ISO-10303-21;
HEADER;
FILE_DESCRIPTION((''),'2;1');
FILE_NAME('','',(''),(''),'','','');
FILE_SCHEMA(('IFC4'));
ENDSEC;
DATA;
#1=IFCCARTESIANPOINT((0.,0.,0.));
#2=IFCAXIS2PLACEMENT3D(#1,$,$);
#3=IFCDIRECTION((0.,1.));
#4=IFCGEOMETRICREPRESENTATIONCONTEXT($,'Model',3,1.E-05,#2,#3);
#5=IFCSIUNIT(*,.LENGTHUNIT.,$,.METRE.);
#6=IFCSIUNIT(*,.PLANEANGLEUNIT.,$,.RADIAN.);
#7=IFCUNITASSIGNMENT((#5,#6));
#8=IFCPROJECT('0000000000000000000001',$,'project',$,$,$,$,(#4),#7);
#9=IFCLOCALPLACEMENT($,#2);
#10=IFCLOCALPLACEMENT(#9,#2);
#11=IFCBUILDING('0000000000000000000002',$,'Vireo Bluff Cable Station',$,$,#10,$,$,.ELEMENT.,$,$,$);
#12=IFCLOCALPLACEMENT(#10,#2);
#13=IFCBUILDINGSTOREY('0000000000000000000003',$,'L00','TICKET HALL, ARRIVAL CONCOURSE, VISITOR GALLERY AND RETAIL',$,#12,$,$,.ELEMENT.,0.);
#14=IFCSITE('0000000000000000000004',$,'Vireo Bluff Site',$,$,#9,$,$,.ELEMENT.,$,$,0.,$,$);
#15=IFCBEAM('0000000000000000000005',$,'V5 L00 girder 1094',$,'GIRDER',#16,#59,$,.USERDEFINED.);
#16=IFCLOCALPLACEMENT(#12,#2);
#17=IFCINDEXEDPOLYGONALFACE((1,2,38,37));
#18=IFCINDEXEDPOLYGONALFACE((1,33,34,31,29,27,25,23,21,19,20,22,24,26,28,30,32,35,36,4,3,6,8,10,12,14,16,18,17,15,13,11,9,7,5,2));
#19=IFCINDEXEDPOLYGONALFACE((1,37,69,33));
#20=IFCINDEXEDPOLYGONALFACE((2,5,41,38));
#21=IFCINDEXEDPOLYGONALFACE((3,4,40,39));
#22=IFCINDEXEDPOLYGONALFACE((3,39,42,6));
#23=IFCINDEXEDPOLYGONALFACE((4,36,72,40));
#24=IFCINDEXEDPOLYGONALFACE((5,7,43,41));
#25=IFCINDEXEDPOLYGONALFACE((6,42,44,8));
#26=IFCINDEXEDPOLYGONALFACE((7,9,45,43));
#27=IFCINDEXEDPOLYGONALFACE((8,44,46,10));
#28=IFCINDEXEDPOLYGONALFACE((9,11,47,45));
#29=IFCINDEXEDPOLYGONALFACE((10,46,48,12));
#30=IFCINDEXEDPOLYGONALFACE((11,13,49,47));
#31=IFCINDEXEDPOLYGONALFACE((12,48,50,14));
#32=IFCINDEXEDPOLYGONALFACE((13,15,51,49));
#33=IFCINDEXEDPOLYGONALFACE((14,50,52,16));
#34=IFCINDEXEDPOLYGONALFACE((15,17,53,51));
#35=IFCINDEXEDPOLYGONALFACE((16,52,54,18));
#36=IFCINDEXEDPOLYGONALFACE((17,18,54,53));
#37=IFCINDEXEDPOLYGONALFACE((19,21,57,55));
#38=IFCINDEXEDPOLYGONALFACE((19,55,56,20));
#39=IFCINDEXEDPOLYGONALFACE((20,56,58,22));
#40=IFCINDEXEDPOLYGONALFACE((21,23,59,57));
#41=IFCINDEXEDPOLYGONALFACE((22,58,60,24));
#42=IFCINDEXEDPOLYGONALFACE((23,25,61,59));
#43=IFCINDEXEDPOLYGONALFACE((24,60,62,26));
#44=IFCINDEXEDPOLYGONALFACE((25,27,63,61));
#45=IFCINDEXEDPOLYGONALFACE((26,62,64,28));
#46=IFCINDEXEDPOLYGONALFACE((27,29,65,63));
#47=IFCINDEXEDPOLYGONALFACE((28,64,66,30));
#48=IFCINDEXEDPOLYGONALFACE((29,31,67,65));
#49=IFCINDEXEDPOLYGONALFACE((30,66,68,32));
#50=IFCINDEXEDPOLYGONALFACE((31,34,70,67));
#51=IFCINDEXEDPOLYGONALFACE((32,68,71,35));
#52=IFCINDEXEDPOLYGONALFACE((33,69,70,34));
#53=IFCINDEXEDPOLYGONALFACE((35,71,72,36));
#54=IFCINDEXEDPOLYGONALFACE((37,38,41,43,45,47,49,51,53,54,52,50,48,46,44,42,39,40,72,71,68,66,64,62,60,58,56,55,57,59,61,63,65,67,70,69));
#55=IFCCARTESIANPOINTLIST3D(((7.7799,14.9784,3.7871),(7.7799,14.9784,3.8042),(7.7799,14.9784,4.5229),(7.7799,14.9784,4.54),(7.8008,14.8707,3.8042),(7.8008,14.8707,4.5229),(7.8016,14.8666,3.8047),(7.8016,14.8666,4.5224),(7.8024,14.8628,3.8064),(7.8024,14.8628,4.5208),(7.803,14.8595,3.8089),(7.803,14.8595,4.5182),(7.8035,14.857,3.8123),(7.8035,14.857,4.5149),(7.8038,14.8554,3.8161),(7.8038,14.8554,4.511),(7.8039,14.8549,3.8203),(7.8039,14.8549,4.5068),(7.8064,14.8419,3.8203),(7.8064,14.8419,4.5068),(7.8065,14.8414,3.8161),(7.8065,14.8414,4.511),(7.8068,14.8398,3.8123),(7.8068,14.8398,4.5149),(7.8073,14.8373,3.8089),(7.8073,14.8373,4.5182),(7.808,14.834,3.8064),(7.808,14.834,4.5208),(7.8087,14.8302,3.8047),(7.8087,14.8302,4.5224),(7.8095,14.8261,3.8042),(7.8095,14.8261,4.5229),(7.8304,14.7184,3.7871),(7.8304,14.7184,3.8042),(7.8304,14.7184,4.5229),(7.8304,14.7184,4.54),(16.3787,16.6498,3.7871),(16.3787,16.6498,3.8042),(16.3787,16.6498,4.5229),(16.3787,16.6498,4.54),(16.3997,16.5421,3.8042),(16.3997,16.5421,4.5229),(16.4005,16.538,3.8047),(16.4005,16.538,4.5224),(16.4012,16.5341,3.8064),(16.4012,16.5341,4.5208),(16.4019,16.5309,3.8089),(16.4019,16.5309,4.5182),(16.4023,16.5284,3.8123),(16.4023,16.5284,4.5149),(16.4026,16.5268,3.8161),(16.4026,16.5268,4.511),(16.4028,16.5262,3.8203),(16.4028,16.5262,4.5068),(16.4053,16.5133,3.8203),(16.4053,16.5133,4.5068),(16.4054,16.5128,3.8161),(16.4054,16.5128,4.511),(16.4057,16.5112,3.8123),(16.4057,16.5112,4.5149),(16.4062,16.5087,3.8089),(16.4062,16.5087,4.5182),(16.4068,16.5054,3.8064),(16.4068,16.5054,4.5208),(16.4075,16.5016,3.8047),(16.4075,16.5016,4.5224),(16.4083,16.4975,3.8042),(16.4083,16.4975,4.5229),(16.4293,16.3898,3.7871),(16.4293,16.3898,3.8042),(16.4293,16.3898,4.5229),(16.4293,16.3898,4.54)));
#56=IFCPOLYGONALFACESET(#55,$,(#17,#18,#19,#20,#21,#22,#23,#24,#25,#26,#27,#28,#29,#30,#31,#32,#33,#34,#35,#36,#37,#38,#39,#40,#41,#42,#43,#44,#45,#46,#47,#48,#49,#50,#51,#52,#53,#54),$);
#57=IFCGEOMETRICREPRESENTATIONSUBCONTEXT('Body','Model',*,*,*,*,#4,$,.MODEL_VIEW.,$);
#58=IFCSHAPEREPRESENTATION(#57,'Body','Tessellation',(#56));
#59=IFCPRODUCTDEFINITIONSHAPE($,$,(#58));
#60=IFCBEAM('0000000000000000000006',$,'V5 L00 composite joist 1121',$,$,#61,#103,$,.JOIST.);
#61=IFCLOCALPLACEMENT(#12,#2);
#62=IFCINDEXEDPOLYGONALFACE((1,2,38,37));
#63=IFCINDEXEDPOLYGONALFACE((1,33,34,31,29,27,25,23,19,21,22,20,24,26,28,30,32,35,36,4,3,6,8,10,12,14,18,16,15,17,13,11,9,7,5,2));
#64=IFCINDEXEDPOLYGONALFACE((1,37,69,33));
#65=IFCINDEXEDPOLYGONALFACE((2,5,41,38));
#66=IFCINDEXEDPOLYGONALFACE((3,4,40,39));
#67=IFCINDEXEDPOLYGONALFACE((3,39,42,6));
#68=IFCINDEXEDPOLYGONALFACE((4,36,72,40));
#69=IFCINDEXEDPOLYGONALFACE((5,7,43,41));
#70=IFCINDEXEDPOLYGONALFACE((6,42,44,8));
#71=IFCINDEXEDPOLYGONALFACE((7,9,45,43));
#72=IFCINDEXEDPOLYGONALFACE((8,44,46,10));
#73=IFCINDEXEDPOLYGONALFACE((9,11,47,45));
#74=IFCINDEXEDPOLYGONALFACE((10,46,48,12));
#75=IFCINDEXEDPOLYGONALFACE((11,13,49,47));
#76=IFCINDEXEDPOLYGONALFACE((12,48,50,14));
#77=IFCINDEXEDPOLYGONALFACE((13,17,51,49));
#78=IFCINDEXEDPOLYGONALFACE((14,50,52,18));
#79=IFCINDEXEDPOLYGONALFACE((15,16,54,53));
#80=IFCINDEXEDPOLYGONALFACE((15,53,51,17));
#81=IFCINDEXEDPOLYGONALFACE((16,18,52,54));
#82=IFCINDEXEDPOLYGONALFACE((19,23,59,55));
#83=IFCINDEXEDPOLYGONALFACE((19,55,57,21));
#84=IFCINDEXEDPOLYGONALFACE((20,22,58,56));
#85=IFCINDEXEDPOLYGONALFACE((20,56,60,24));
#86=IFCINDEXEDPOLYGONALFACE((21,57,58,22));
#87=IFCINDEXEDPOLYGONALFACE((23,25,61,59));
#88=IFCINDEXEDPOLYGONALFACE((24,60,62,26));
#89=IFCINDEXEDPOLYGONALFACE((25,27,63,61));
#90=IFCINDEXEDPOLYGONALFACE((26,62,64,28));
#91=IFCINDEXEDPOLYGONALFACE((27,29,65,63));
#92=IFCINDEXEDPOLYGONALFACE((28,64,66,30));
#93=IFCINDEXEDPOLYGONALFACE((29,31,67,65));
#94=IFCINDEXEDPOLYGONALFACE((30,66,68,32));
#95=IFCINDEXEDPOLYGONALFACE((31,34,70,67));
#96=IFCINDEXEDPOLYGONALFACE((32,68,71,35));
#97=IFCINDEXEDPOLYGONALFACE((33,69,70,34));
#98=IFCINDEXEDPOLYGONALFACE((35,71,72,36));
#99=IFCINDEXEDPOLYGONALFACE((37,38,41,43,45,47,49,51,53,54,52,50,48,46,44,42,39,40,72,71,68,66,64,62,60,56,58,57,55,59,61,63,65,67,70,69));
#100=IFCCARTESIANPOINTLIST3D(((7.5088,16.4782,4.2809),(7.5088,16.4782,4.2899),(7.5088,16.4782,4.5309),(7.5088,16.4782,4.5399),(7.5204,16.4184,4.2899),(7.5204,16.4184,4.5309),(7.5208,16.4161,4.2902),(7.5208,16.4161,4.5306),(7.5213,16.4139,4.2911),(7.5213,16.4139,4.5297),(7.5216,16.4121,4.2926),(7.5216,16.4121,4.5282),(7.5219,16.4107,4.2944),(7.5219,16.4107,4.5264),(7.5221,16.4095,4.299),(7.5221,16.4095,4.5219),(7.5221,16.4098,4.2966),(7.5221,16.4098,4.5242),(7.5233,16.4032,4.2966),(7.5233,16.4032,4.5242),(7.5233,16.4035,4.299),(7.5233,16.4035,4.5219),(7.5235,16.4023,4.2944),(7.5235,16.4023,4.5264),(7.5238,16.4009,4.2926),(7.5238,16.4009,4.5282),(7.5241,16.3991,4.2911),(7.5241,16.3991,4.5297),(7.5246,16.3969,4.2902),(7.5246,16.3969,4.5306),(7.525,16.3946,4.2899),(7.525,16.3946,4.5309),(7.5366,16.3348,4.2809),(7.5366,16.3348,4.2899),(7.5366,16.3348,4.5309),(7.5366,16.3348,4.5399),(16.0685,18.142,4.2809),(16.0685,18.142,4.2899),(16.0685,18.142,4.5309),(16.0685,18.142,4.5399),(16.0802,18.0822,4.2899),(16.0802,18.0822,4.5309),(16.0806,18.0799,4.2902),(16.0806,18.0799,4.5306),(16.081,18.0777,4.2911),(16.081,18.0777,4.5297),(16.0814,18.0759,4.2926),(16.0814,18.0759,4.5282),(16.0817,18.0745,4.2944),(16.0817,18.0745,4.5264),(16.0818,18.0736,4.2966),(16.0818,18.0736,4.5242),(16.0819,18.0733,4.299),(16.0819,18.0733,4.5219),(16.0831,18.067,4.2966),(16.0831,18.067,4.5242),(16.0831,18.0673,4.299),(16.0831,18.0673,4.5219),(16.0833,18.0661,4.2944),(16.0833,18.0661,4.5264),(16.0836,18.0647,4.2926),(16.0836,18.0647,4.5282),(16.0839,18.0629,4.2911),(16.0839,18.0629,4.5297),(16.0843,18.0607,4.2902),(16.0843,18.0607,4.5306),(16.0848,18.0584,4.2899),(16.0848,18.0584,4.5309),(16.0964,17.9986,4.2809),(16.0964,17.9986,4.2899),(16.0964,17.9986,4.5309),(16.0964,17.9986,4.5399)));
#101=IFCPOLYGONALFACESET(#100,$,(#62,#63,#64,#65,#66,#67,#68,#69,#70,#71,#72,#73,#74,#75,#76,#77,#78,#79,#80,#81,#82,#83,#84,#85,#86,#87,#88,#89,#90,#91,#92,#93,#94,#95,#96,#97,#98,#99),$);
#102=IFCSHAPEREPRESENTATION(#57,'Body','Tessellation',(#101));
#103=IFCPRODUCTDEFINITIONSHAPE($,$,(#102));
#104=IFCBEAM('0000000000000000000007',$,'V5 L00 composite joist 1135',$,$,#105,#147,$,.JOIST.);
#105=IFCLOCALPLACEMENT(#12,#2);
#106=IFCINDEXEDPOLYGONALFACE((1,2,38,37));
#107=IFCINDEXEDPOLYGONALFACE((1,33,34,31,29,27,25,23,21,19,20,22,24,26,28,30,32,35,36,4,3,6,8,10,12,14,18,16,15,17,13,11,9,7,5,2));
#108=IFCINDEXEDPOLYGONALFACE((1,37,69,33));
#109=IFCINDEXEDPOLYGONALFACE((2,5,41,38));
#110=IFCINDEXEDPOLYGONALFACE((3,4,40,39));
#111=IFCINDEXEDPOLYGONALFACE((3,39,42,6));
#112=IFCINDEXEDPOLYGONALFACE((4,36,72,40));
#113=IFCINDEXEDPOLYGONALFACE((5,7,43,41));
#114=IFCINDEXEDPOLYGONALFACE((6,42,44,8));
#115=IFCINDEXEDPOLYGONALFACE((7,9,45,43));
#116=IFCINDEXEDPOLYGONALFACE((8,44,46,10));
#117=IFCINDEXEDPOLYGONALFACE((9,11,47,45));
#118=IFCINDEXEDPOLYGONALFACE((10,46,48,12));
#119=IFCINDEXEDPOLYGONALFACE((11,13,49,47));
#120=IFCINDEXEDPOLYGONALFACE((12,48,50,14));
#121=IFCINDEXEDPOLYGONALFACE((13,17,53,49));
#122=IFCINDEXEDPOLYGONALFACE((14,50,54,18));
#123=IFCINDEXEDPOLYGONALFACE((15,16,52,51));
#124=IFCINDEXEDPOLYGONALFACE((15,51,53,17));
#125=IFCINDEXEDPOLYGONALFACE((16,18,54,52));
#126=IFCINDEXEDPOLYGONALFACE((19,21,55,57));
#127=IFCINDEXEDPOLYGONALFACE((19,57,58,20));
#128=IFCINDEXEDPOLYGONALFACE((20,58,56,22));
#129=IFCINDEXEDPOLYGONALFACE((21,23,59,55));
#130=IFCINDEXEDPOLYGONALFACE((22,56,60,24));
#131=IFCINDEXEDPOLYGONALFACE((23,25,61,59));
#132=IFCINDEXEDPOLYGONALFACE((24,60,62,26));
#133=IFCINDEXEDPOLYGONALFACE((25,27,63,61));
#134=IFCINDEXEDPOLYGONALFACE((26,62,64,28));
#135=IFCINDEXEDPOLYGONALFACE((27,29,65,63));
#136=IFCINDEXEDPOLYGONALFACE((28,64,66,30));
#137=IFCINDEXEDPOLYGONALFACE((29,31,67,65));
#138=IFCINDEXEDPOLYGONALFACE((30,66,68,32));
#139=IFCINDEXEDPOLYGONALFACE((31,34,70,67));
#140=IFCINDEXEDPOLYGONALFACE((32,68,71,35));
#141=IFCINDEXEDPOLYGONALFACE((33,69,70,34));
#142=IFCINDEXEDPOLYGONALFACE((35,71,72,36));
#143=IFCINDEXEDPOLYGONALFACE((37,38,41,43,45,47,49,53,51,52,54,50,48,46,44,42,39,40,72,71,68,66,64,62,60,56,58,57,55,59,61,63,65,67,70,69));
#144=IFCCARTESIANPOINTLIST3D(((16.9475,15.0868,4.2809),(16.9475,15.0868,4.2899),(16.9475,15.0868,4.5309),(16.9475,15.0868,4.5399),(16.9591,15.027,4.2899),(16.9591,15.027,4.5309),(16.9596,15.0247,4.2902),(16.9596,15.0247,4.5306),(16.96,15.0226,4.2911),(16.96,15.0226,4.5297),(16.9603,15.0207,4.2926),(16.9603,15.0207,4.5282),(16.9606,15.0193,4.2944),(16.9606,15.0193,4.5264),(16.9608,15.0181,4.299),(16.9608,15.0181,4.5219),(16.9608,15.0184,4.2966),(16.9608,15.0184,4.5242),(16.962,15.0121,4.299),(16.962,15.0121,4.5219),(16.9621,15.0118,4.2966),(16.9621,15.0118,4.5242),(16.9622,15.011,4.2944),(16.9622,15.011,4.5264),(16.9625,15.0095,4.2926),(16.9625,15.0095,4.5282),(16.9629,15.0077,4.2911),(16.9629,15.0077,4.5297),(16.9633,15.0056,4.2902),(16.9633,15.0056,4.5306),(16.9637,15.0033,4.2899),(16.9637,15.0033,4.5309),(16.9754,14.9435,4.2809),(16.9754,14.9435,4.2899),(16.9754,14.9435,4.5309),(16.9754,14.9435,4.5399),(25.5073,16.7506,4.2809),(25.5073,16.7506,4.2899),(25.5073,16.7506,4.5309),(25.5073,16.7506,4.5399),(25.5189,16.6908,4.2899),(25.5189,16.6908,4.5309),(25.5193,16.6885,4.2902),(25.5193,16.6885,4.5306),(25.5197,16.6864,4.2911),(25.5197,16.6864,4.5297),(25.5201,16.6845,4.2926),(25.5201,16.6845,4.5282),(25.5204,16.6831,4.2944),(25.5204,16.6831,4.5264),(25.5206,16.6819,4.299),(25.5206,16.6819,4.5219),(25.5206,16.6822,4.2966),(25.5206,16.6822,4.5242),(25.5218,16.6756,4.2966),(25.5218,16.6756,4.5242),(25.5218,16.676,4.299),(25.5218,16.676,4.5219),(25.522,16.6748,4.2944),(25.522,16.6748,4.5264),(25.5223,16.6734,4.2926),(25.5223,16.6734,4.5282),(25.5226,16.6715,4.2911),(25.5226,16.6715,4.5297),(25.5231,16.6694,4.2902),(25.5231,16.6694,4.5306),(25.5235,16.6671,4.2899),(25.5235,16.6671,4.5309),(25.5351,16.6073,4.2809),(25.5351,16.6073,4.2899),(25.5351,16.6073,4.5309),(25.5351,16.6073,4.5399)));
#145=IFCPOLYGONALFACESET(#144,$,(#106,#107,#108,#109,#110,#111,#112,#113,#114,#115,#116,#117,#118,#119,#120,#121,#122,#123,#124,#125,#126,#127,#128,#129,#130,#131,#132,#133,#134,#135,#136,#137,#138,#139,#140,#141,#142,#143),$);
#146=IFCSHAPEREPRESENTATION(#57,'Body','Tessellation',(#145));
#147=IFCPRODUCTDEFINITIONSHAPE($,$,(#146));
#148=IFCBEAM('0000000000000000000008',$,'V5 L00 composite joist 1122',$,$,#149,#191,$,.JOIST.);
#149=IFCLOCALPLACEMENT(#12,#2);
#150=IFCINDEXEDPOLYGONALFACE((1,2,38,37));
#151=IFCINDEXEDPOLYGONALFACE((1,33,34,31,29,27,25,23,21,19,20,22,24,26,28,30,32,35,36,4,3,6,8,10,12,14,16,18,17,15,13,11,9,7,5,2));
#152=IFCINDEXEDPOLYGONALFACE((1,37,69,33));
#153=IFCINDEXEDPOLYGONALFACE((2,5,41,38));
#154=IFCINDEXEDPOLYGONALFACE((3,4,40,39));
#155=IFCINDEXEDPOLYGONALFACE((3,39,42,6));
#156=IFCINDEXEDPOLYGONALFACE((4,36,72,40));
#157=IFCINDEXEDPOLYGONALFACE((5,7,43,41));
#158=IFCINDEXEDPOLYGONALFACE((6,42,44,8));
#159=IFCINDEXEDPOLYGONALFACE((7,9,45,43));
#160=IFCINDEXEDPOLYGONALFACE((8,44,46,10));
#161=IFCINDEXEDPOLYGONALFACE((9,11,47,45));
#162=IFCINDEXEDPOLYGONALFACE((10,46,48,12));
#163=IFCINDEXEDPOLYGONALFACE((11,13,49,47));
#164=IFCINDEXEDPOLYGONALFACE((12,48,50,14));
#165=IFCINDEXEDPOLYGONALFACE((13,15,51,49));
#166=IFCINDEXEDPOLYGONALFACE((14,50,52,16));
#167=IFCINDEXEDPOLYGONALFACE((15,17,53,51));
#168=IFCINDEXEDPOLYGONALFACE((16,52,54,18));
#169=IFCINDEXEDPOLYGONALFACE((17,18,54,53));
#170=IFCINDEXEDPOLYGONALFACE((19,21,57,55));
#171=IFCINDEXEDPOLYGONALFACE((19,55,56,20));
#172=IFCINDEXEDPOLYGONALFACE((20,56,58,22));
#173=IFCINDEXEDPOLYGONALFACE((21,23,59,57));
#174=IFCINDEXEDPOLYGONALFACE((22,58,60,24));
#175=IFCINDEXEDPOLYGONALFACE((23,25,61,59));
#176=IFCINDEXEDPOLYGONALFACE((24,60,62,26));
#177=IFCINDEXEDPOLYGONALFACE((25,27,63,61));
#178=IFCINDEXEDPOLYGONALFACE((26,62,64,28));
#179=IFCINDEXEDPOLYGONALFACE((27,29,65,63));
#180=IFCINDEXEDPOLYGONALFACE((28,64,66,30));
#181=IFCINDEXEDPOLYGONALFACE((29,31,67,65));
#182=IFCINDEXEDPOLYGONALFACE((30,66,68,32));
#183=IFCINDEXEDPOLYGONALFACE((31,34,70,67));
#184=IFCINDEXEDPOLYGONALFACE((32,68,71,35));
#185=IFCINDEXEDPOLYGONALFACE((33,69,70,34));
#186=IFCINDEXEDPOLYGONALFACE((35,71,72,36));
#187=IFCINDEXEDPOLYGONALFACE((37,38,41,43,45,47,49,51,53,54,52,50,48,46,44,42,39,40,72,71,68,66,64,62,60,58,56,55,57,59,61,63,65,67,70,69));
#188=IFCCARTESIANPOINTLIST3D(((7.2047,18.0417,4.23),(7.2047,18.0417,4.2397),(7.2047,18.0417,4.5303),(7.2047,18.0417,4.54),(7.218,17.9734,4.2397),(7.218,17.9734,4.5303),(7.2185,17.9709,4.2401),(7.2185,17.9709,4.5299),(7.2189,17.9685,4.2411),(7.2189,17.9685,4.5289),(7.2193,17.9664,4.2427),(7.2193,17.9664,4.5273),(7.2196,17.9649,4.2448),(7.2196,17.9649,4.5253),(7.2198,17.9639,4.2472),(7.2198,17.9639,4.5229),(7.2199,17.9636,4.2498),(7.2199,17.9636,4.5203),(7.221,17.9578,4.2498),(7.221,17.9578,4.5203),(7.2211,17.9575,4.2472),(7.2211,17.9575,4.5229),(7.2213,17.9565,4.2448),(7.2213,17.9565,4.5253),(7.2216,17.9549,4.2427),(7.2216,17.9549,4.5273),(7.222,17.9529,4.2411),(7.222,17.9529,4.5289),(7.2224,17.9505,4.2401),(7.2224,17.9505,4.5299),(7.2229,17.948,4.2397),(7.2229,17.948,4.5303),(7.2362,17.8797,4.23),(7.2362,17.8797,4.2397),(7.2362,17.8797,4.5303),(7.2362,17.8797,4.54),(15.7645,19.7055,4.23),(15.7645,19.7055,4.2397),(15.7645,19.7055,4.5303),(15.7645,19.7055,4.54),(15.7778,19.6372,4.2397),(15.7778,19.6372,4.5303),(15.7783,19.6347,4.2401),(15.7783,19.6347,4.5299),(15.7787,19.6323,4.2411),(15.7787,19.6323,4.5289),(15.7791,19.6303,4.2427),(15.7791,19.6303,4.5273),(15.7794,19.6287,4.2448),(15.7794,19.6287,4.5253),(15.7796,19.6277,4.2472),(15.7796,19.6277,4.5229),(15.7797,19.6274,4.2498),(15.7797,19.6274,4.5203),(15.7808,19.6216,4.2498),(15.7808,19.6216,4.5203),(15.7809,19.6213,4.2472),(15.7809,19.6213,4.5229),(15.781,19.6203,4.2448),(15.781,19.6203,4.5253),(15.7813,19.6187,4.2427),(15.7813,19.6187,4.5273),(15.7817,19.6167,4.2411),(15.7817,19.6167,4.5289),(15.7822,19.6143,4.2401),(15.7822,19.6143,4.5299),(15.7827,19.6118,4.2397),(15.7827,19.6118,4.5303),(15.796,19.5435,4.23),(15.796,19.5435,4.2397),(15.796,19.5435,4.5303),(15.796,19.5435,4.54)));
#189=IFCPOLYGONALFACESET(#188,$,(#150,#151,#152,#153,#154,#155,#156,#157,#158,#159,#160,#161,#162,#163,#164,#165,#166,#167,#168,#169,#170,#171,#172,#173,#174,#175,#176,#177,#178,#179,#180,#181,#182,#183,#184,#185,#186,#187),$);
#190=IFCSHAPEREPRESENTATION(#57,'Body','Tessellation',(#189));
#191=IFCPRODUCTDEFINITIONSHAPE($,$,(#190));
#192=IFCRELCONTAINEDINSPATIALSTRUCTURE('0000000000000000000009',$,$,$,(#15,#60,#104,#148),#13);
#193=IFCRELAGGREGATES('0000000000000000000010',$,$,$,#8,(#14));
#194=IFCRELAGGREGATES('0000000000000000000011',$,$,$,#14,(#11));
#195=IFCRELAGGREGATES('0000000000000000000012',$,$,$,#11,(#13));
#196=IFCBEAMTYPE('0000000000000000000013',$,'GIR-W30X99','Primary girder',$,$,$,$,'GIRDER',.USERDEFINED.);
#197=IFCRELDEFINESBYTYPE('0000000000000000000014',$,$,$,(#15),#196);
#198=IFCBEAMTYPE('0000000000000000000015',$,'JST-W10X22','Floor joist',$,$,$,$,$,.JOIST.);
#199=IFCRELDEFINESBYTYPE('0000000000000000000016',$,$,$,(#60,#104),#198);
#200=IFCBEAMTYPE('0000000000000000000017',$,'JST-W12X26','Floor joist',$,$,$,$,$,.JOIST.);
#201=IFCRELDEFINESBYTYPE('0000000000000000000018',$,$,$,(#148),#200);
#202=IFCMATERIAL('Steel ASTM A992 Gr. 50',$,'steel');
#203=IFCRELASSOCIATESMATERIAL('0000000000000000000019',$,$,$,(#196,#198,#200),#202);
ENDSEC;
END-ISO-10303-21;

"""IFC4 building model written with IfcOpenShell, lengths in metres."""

from ifc_helpers import new_model, si_unit, direction, frame, origin, origin_2d, place, context, subcontext, project, spatial, i_section, extrude, material, material_profile, profile_set, type_object, element, save


model = new_model("IFC4")

# Units and contexts
model_context = context("Model", 3, precision=1e-05, world=origin(), true_north=direction((0.0, 1.0)))
body_context = subcontext(model_context, "Body", "Model", "MODEL_VIEW")
ifc_project = project(units=[si_unit("LENGTHUNIT", "METRE"), si_unit("PLANEANGLEUNIT", "RADIAN")], contexts=[model_context])

# Site, building, storey
site_placement = place(None, origin())
site = spatial("IfcSite", under=ifc_project, at=site_placement, Name="Vireo Bluff Site", CompositionType="ELEMENT", RefElevation=0.0)
building_placement = place(site_placement, origin())
building = spatial("IfcBuilding", under=site, at=building_placement, Name="Vireo Bluff Cable Station", CompositionType="ELEMENT")
storey_placement = place(building_placement, origin())
storey = spatial("IfcBuildingStorey", under=building, at=storey_placement, Name="L00", Description="TICKET HALL, ARRIVAL CONCOURSE, VISITOR GALLERY AND RETAIL", CompositionType="ELEMENT", Elevation=0.0)

# Shared definitions
ifc_material_1 = material(Name="Steel ASTM A992 Gr. 50", Category="steel")

# Beams
ifc_material_profile_1 = material_profile(ifc_material_1, i_section(OverallWidth=0.2649, OverallDepth=0.7529, WebThickness=0.0132, FlangeThickness=0.0171, FilletRadius=0.0161, at=origin_2d()), Name="W30X99")
ifc_profile_set_1 = profile_set([ifc_material_profile_1], Name="Steel ASTM A992 Gr. 50")
beam_type_1 = type_object("IfcBeamType", Name="GIR-W30X99", Description="Primary girder", ElementType="GIRDER", PredefinedType="USERDEFINED", material=ifc_profile_set_1)
beam_1_placement = place(storey_placement, frame((7.8052, 14.8484, 4.1636), z_axis=(0.981629, 0.190802, 0.0), x_axis=(-0.190802, 0.981629, 0.0)))
element("IfcBeam", 1, at=beam_1_placement, inside=storey, type_object=beam_type_1, Name="V5 L00 girder 1094", ObjectType="GIRDER", PredefinedType="USERDEFINED", context=body_context, shape_type="SweptSolid", body=[
    extrude(i_section(OverallWidth=0.2649, OverallDepth=0.7529, WebThickness=0.0132, FlangeThickness=0.0171, FilletRadius=0.0161, at=origin_2d()), origin(), (0.0, 0.0, 1.0), 8.7598),
])
ifc_material_profile_2 = material_profile(ifc_material_1, i_section(OverallWidth=0.146, OverallDepth=0.259, WebThickness=0.0061, FlangeThickness=0.009, FilletRadius=0.009, at=origin_2d()), Name="W10X22")
ifc_profile_set_2 = profile_set([ifc_material_profile_2], Name="Steel ASTM A992 Gr. 50")
beam_type_2 = type_object("IfcBeamType", Name="JST-W10X22", Description="Floor joist", PredefinedType="JOIST", material=ifc_profile_set_2)
for number, where, z_axis, x_axis, name in (
    (2, (7.5227, 16.4065, 4.4104), (0.981628, 0.190804, 0.0), (-0.190804, 0.981628, 0.0), "V5 L00 composite joist 1121"),
    (3, (16.9614, 15.0151, 4.4104), (0.981628, 0.190804, 0.0), (-0.190804, 0.981628, 0.0), "V5 L00 composite joist 1135"),
):
    element("IfcBeam", number, at=place(storey_placement, frame(where, z_axis=z_axis, x_axis=x_axis)), inside=storey, type_object=beam_type_2, Name=name, PredefinedType="JOIST", context=body_context, shape_type="SweptSolid", body=[
        extrude(i_section(OverallWidth=0.146, OverallDepth=0.259, WebThickness=0.0061, FlangeThickness=0.009, FilletRadius=0.009, at=origin_2d()), origin(), (0.0, 0.0, 1.0), 8.72),
    ])
ifc_material_profile_3 = material_profile(ifc_material_1, i_section(OverallWidth=0.165, OverallDepth=0.3101, WebThickness=0.0059, FlangeThickness=0.0098, FilletRadius=0.01, at=origin_2d()), Name="W12X26")
ifc_profile_set_3 = profile_set([ifc_material_profile_3], Name="Steel ASTM A992 Gr. 50")
beam_type_3 = type_object("IfcBeamType", Name="JST-W12X26", Description="Floor joist", PredefinedType="JOIST", material=ifc_profile_set_3)
beam_2_placement = place(storey_placement, frame((7.2205, 17.9607, 4.385), z_axis=(0.981628, 0.190804, 0.0), x_axis=(-0.190804, 0.981628, 0.0)))
element("IfcBeam", 4, at=beam_2_placement, inside=storey, type_object=beam_type_3, Name="V5 L00 composite joist 1122", PredefinedType="JOIST", context=body_context, shape_type="SweptSolid", body=[
    extrude(i_section(OverallWidth=0.165, OverallDepth=0.3101, WebThickness=0.0059, FlangeThickness=0.0098, FilletRadius=0.01, at=origin_2d()), origin(), (0.0, 0.0, 1.0), 8.72),
])

save(model, "model.ifc")
